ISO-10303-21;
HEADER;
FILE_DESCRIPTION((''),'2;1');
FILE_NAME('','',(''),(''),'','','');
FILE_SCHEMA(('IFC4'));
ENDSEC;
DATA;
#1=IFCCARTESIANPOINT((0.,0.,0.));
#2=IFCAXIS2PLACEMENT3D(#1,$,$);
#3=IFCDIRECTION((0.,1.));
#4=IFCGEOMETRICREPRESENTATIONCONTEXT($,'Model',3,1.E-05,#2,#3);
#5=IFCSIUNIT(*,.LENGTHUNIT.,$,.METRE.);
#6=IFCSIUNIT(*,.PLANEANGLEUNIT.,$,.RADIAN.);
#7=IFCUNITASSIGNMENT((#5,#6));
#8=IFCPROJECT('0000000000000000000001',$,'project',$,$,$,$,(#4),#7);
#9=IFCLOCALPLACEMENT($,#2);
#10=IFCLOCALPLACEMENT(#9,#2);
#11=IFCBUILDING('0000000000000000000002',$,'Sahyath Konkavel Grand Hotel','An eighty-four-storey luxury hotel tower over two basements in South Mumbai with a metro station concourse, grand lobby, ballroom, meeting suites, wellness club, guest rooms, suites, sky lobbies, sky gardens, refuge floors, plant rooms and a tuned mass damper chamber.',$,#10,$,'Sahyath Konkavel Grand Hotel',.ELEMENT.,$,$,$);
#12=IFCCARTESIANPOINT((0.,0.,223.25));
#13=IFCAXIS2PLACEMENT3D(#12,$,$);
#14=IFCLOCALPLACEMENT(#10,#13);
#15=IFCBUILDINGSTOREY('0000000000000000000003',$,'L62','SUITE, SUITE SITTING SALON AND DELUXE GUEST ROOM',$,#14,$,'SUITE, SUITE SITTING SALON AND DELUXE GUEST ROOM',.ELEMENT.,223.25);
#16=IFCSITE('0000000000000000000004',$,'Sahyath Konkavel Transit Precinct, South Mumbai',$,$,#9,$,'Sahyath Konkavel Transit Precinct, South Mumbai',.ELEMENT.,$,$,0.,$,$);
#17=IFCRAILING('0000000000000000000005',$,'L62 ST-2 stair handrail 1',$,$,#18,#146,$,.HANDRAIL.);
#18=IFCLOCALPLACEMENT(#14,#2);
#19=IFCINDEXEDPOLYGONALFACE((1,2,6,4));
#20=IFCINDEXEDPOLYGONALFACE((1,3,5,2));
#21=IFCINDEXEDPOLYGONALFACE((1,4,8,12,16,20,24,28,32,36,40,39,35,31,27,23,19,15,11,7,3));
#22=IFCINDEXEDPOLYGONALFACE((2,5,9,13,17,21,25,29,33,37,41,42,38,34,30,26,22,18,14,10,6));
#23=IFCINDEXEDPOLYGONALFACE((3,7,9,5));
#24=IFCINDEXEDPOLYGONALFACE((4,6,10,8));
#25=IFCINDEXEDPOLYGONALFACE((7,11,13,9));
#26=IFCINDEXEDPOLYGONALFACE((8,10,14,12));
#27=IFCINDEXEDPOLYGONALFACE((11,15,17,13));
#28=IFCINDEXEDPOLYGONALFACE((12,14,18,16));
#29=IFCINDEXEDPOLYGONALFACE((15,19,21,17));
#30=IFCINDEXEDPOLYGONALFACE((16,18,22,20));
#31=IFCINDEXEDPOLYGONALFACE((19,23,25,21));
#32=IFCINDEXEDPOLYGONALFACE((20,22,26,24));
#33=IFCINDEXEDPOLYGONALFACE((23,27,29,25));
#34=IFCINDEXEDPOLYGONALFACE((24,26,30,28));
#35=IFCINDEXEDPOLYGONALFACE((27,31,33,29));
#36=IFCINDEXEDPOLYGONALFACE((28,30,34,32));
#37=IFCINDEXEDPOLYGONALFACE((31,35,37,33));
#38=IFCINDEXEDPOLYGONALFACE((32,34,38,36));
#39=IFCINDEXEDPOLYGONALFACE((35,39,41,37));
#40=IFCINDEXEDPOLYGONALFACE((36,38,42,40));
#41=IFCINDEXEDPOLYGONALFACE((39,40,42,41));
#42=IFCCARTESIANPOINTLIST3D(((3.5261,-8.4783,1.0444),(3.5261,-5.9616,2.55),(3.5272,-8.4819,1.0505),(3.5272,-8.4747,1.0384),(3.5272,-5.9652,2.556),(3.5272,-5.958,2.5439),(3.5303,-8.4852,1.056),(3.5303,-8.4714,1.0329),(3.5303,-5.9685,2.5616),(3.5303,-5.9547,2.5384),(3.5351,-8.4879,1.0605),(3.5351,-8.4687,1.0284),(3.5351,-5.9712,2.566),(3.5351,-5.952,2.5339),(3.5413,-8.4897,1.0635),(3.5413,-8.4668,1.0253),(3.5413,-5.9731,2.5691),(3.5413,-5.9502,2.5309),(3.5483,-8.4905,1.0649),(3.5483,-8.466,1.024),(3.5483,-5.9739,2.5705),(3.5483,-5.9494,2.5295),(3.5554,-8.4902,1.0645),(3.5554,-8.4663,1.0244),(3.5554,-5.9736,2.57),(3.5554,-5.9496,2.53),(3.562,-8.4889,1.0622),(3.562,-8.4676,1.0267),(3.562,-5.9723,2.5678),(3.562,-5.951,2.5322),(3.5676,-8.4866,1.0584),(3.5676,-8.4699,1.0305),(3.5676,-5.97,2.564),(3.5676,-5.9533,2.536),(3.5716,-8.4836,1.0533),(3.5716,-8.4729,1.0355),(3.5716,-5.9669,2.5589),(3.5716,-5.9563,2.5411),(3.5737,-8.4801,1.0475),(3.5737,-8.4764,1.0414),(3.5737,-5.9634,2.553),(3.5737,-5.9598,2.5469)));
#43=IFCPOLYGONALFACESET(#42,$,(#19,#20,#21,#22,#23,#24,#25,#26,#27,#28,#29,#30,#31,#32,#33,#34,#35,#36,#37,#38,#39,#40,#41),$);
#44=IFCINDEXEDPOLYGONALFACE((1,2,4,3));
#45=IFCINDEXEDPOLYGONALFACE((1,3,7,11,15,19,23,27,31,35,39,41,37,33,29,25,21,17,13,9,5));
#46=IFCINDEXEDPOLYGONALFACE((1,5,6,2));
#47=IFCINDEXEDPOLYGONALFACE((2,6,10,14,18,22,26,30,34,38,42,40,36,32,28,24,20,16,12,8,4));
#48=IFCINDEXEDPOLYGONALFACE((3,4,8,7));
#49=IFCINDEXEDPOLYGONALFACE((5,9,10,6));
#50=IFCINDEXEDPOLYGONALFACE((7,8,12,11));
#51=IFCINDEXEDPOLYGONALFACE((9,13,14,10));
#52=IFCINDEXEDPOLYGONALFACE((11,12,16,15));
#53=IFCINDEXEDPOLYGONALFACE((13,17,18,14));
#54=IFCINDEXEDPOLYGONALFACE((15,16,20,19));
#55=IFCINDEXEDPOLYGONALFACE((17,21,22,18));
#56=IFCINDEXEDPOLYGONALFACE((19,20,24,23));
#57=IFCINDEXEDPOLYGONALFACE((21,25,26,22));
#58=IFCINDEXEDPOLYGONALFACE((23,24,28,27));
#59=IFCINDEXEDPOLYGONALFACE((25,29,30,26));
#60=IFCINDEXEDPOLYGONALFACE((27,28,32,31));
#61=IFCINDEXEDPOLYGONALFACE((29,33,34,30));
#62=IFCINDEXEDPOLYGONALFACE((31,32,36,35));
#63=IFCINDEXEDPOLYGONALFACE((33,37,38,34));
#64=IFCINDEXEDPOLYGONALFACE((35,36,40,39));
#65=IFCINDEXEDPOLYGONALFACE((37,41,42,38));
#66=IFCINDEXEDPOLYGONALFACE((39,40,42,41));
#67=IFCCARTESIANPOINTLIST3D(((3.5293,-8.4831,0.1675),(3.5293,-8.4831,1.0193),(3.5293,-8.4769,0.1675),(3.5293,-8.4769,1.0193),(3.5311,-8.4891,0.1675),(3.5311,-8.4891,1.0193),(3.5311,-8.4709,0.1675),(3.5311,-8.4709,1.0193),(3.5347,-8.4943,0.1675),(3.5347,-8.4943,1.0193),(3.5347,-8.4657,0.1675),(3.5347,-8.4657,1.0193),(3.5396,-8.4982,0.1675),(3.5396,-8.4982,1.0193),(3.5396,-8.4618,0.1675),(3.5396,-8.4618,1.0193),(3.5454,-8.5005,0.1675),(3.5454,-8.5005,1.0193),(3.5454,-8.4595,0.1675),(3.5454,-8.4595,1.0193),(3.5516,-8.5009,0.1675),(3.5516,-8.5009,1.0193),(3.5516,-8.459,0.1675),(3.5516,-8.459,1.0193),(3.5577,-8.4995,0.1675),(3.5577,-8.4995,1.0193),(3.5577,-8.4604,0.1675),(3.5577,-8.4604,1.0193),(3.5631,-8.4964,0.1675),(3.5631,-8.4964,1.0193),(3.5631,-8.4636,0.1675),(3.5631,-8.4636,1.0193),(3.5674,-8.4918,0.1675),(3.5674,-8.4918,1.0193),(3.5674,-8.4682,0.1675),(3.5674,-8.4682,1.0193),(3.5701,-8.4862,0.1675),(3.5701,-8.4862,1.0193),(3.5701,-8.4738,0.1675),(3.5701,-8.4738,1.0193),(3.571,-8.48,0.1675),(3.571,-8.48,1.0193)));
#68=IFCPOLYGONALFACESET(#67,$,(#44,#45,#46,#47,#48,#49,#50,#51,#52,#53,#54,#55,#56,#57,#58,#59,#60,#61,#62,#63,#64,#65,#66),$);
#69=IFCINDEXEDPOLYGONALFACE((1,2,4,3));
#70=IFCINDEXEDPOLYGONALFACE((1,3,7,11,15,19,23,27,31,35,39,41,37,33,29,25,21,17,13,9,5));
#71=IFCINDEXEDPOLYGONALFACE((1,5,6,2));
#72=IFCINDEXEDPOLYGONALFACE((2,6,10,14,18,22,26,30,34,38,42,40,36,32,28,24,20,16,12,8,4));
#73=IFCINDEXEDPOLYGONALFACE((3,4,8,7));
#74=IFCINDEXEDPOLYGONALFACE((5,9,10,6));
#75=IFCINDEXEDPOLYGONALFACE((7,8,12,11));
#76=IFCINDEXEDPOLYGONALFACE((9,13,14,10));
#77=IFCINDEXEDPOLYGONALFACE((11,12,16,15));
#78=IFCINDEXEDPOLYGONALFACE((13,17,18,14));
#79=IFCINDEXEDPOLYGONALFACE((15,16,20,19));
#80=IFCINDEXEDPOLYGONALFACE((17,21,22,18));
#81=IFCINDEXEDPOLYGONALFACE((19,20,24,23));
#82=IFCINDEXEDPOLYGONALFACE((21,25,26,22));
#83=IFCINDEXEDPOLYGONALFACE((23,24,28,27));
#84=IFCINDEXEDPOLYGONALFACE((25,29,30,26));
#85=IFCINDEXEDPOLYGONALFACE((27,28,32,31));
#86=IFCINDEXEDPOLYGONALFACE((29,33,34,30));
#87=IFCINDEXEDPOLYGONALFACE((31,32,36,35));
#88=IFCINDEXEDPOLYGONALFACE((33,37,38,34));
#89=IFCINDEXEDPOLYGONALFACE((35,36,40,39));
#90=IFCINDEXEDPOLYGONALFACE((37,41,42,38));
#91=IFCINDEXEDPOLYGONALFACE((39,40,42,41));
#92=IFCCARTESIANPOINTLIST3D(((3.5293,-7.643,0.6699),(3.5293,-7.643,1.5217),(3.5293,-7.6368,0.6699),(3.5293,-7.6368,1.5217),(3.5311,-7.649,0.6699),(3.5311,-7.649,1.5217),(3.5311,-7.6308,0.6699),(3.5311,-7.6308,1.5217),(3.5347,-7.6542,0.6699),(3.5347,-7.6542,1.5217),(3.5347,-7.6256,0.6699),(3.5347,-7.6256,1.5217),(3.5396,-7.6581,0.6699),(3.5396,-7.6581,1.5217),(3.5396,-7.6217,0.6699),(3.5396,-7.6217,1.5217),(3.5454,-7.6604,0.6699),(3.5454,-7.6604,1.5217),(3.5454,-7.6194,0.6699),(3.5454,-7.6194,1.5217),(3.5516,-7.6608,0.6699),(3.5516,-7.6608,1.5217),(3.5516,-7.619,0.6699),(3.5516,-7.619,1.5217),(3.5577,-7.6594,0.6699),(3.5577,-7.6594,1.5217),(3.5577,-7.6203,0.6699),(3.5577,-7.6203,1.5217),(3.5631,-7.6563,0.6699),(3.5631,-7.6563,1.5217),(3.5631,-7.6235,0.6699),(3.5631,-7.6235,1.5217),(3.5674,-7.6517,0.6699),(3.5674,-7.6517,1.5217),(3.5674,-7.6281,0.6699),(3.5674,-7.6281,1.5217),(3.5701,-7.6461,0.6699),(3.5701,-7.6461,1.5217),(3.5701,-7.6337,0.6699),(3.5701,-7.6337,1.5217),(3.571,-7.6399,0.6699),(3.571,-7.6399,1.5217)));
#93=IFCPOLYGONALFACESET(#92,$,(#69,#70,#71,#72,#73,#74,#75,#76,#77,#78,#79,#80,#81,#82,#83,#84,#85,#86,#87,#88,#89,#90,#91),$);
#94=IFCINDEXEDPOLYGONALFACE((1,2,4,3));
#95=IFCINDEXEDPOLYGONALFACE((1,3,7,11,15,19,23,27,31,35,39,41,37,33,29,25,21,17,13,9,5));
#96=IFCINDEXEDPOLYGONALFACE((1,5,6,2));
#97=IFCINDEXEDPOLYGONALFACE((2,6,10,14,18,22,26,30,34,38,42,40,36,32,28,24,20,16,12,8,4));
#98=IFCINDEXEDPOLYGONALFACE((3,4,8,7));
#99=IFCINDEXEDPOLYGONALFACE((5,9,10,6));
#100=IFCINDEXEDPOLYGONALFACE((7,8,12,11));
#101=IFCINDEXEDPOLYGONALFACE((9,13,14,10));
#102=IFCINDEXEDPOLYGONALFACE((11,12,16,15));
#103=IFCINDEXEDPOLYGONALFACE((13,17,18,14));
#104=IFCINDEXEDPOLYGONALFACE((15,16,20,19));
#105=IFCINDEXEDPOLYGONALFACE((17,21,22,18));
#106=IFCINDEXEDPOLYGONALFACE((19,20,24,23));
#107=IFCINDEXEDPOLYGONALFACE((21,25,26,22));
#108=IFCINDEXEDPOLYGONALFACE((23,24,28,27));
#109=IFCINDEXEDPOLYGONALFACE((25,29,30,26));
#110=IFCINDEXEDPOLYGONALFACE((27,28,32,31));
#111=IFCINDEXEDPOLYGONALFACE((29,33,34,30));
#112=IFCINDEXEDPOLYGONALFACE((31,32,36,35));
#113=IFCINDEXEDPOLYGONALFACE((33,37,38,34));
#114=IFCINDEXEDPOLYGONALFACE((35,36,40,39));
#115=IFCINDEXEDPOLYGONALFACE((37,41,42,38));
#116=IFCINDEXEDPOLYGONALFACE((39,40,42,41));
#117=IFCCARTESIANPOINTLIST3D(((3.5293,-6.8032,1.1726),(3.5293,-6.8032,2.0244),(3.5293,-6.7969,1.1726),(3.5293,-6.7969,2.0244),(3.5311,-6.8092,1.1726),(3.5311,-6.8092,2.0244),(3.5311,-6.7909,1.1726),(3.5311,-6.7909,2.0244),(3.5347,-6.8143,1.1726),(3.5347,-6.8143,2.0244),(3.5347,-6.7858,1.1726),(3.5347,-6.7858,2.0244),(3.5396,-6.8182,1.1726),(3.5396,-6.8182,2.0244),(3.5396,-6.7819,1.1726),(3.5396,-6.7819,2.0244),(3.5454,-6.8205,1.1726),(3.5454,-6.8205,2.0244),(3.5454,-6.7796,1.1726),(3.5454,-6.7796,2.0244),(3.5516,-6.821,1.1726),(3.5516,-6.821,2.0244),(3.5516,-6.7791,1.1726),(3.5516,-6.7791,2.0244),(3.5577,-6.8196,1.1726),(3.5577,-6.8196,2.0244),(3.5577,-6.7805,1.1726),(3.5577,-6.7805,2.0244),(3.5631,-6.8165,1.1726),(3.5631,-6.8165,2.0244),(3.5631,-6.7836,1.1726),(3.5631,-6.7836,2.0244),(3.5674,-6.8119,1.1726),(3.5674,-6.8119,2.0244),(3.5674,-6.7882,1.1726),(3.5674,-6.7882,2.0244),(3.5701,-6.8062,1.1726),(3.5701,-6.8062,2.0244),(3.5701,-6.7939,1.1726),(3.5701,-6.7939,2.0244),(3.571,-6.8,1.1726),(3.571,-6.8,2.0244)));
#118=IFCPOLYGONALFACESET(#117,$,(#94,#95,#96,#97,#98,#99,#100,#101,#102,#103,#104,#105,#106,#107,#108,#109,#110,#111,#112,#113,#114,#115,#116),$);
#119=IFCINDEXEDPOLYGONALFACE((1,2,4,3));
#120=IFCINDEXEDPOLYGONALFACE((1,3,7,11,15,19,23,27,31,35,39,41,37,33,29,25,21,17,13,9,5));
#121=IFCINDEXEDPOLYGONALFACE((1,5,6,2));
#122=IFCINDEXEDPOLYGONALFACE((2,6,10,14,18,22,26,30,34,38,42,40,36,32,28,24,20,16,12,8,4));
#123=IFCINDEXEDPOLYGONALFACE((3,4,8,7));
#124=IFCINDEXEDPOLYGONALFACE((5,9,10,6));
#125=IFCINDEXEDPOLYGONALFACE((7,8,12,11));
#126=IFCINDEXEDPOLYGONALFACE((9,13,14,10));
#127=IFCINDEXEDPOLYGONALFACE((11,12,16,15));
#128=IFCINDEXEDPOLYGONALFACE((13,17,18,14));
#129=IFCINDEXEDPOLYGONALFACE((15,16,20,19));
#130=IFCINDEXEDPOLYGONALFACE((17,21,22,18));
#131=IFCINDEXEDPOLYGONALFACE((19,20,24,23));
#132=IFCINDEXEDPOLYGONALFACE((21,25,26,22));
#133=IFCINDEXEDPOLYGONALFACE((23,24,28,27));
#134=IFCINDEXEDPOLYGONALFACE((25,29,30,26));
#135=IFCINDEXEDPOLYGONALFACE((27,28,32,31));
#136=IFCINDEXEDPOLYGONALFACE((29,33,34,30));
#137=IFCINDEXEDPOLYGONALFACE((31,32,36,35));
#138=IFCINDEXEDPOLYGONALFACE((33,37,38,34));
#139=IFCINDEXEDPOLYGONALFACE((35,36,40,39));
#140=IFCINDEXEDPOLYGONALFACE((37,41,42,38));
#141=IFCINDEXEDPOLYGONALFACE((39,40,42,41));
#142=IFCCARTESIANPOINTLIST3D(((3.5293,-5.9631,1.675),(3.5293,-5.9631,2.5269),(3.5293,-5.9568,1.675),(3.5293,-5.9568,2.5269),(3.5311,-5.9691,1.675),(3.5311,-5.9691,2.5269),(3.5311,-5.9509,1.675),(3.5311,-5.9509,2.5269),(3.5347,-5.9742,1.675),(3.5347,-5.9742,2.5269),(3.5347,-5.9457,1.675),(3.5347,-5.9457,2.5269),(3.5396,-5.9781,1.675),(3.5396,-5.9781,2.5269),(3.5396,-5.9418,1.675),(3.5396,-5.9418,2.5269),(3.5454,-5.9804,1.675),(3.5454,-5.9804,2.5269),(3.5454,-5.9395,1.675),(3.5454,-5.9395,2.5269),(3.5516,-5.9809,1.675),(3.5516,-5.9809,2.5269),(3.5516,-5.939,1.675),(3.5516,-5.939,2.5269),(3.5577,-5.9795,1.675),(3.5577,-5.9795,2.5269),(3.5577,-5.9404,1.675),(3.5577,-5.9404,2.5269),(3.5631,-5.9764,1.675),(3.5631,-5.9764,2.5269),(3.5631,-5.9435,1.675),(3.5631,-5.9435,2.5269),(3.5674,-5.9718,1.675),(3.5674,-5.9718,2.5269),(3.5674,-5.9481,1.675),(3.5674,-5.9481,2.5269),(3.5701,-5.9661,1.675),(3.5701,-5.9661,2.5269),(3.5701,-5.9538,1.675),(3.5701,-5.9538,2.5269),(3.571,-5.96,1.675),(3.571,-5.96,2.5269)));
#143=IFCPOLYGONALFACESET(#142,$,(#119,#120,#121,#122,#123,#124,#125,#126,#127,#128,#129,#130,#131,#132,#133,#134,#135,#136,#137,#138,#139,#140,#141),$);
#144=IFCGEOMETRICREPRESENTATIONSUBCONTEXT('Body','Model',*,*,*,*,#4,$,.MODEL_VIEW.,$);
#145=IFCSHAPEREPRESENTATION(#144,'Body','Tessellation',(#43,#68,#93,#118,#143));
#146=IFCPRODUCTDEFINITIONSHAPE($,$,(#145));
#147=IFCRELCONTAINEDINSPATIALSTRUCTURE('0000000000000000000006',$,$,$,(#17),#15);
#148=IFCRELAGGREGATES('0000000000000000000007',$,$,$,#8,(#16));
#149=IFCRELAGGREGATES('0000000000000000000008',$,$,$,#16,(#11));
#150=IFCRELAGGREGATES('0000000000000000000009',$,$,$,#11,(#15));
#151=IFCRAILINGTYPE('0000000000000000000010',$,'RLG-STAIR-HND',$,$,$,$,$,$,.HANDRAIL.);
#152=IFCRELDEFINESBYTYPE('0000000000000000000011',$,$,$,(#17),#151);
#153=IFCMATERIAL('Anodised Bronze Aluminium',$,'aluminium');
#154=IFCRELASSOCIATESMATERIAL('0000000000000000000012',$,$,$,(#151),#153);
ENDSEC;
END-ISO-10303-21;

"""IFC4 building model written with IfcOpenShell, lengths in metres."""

from ifc_helpers import new_model, si_unit, direction, frame, origin, origin_2d, place, context, subcontext, project, spatial, circle, extrude, material, type_object, element, save


model = new_model("IFC4")

# Units and contexts
model_context = context("Model", 3, precision=1e-05, world=origin(), true_north=direction((0.0, 1.0)))
body_context = subcontext(model_context, "Body", "Model", "MODEL_VIEW")
ifc_project = project(units=[si_unit("LENGTHUNIT", "METRE"), si_unit("PLANEANGLEUNIT", "RADIAN")], contexts=[model_context])

# Site, building, storey
site_placement = place(None, origin())
site = spatial("IfcSite", under=ifc_project, at=site_placement, Name="Sahyath Konkavel Transit Precinct, South Mumbai", LongName="Sahyath Konkavel Transit Precinct, South Mumbai", CompositionType="ELEMENT", RefElevation=0.0)
building_placement = place(site_placement, origin())
building = spatial("IfcBuilding", under=site, at=building_placement, Name="Sahyath Konkavel Grand Hotel", Description="An eighty-four-storey luxury hotel tower over two basements in South Mumbai with a metro station concourse, grand lobby, ballroom, meeting suites, wellness club, guest rooms, suites, sky lobbies, sky gardens, refuge floors, plant rooms and a tuned mass damper chamber.", LongName="Sahyath Konkavel Grand Hotel", CompositionType="ELEMENT")
storey_placement = place(building_placement, frame((0.0, 0.0, 223.25)))
storey = spatial("IfcBuildingStorey", under=building, at=storey_placement, Name="L62", Description="SUITE, SUITE SITTING SALON AND DELUXE GUEST ROOM", LongName="SUITE, SUITE SITTING SALON AND DELUXE GUEST ROOM", CompositionType="ELEMENT", Elevation=223.25)

# Railing
ifc_material_1 = material(Name="Anodised Bronze Aluminium", Category="aluminium")
railing_type_1 = type_object("IfcRailingType", Name="RLG-STAIR-HND", PredefinedType="HANDRAIL", material=ifc_material_1)
railing_1_placement = place(storey_placement, frame((3.55, -8.48, 0.1675)))
element("IfcRailing", 1, at=railing_1_placement, inside=storey, type_object=railing_type_1, Name="L62 ST-2 stair handrail 1", PredefinedType="HANDRAIL", context=body_context, shape_type="SweptSolid", body=[
    extrude(circle(Radius=0.0239, at=origin_2d()), frame((0.0, 0.0017, 0.877), z_axis=(0.0, 0.85816, 0.513383), x_axis=(-1.0, 0.0, 0.0)), (0.0, 0.0, 1.0), 2.9326),
    extrude(circle(Radius=0.021, at=origin_2d()), origin(), (0.0, 0.0, 1.0), 0.8518),
    extrude(circle(Radius=0.021, at=origin_2d()), frame((0.0, 0.8401, 0.5024)), (0.0, 0.0, 1.0), 0.8518),
    extrude(circle(Radius=0.021, at=origin_2d()), frame((0.0, 1.6799, 1.0051)), (0.0, 0.0, 1.0), 0.8518),
    extrude(circle(Radius=0.021, at=origin_2d()), frame((0.0, 2.52, 1.5076)), (0.0, 0.0, 1.0), 0.8518),
])

save(model, "model.ifc")
